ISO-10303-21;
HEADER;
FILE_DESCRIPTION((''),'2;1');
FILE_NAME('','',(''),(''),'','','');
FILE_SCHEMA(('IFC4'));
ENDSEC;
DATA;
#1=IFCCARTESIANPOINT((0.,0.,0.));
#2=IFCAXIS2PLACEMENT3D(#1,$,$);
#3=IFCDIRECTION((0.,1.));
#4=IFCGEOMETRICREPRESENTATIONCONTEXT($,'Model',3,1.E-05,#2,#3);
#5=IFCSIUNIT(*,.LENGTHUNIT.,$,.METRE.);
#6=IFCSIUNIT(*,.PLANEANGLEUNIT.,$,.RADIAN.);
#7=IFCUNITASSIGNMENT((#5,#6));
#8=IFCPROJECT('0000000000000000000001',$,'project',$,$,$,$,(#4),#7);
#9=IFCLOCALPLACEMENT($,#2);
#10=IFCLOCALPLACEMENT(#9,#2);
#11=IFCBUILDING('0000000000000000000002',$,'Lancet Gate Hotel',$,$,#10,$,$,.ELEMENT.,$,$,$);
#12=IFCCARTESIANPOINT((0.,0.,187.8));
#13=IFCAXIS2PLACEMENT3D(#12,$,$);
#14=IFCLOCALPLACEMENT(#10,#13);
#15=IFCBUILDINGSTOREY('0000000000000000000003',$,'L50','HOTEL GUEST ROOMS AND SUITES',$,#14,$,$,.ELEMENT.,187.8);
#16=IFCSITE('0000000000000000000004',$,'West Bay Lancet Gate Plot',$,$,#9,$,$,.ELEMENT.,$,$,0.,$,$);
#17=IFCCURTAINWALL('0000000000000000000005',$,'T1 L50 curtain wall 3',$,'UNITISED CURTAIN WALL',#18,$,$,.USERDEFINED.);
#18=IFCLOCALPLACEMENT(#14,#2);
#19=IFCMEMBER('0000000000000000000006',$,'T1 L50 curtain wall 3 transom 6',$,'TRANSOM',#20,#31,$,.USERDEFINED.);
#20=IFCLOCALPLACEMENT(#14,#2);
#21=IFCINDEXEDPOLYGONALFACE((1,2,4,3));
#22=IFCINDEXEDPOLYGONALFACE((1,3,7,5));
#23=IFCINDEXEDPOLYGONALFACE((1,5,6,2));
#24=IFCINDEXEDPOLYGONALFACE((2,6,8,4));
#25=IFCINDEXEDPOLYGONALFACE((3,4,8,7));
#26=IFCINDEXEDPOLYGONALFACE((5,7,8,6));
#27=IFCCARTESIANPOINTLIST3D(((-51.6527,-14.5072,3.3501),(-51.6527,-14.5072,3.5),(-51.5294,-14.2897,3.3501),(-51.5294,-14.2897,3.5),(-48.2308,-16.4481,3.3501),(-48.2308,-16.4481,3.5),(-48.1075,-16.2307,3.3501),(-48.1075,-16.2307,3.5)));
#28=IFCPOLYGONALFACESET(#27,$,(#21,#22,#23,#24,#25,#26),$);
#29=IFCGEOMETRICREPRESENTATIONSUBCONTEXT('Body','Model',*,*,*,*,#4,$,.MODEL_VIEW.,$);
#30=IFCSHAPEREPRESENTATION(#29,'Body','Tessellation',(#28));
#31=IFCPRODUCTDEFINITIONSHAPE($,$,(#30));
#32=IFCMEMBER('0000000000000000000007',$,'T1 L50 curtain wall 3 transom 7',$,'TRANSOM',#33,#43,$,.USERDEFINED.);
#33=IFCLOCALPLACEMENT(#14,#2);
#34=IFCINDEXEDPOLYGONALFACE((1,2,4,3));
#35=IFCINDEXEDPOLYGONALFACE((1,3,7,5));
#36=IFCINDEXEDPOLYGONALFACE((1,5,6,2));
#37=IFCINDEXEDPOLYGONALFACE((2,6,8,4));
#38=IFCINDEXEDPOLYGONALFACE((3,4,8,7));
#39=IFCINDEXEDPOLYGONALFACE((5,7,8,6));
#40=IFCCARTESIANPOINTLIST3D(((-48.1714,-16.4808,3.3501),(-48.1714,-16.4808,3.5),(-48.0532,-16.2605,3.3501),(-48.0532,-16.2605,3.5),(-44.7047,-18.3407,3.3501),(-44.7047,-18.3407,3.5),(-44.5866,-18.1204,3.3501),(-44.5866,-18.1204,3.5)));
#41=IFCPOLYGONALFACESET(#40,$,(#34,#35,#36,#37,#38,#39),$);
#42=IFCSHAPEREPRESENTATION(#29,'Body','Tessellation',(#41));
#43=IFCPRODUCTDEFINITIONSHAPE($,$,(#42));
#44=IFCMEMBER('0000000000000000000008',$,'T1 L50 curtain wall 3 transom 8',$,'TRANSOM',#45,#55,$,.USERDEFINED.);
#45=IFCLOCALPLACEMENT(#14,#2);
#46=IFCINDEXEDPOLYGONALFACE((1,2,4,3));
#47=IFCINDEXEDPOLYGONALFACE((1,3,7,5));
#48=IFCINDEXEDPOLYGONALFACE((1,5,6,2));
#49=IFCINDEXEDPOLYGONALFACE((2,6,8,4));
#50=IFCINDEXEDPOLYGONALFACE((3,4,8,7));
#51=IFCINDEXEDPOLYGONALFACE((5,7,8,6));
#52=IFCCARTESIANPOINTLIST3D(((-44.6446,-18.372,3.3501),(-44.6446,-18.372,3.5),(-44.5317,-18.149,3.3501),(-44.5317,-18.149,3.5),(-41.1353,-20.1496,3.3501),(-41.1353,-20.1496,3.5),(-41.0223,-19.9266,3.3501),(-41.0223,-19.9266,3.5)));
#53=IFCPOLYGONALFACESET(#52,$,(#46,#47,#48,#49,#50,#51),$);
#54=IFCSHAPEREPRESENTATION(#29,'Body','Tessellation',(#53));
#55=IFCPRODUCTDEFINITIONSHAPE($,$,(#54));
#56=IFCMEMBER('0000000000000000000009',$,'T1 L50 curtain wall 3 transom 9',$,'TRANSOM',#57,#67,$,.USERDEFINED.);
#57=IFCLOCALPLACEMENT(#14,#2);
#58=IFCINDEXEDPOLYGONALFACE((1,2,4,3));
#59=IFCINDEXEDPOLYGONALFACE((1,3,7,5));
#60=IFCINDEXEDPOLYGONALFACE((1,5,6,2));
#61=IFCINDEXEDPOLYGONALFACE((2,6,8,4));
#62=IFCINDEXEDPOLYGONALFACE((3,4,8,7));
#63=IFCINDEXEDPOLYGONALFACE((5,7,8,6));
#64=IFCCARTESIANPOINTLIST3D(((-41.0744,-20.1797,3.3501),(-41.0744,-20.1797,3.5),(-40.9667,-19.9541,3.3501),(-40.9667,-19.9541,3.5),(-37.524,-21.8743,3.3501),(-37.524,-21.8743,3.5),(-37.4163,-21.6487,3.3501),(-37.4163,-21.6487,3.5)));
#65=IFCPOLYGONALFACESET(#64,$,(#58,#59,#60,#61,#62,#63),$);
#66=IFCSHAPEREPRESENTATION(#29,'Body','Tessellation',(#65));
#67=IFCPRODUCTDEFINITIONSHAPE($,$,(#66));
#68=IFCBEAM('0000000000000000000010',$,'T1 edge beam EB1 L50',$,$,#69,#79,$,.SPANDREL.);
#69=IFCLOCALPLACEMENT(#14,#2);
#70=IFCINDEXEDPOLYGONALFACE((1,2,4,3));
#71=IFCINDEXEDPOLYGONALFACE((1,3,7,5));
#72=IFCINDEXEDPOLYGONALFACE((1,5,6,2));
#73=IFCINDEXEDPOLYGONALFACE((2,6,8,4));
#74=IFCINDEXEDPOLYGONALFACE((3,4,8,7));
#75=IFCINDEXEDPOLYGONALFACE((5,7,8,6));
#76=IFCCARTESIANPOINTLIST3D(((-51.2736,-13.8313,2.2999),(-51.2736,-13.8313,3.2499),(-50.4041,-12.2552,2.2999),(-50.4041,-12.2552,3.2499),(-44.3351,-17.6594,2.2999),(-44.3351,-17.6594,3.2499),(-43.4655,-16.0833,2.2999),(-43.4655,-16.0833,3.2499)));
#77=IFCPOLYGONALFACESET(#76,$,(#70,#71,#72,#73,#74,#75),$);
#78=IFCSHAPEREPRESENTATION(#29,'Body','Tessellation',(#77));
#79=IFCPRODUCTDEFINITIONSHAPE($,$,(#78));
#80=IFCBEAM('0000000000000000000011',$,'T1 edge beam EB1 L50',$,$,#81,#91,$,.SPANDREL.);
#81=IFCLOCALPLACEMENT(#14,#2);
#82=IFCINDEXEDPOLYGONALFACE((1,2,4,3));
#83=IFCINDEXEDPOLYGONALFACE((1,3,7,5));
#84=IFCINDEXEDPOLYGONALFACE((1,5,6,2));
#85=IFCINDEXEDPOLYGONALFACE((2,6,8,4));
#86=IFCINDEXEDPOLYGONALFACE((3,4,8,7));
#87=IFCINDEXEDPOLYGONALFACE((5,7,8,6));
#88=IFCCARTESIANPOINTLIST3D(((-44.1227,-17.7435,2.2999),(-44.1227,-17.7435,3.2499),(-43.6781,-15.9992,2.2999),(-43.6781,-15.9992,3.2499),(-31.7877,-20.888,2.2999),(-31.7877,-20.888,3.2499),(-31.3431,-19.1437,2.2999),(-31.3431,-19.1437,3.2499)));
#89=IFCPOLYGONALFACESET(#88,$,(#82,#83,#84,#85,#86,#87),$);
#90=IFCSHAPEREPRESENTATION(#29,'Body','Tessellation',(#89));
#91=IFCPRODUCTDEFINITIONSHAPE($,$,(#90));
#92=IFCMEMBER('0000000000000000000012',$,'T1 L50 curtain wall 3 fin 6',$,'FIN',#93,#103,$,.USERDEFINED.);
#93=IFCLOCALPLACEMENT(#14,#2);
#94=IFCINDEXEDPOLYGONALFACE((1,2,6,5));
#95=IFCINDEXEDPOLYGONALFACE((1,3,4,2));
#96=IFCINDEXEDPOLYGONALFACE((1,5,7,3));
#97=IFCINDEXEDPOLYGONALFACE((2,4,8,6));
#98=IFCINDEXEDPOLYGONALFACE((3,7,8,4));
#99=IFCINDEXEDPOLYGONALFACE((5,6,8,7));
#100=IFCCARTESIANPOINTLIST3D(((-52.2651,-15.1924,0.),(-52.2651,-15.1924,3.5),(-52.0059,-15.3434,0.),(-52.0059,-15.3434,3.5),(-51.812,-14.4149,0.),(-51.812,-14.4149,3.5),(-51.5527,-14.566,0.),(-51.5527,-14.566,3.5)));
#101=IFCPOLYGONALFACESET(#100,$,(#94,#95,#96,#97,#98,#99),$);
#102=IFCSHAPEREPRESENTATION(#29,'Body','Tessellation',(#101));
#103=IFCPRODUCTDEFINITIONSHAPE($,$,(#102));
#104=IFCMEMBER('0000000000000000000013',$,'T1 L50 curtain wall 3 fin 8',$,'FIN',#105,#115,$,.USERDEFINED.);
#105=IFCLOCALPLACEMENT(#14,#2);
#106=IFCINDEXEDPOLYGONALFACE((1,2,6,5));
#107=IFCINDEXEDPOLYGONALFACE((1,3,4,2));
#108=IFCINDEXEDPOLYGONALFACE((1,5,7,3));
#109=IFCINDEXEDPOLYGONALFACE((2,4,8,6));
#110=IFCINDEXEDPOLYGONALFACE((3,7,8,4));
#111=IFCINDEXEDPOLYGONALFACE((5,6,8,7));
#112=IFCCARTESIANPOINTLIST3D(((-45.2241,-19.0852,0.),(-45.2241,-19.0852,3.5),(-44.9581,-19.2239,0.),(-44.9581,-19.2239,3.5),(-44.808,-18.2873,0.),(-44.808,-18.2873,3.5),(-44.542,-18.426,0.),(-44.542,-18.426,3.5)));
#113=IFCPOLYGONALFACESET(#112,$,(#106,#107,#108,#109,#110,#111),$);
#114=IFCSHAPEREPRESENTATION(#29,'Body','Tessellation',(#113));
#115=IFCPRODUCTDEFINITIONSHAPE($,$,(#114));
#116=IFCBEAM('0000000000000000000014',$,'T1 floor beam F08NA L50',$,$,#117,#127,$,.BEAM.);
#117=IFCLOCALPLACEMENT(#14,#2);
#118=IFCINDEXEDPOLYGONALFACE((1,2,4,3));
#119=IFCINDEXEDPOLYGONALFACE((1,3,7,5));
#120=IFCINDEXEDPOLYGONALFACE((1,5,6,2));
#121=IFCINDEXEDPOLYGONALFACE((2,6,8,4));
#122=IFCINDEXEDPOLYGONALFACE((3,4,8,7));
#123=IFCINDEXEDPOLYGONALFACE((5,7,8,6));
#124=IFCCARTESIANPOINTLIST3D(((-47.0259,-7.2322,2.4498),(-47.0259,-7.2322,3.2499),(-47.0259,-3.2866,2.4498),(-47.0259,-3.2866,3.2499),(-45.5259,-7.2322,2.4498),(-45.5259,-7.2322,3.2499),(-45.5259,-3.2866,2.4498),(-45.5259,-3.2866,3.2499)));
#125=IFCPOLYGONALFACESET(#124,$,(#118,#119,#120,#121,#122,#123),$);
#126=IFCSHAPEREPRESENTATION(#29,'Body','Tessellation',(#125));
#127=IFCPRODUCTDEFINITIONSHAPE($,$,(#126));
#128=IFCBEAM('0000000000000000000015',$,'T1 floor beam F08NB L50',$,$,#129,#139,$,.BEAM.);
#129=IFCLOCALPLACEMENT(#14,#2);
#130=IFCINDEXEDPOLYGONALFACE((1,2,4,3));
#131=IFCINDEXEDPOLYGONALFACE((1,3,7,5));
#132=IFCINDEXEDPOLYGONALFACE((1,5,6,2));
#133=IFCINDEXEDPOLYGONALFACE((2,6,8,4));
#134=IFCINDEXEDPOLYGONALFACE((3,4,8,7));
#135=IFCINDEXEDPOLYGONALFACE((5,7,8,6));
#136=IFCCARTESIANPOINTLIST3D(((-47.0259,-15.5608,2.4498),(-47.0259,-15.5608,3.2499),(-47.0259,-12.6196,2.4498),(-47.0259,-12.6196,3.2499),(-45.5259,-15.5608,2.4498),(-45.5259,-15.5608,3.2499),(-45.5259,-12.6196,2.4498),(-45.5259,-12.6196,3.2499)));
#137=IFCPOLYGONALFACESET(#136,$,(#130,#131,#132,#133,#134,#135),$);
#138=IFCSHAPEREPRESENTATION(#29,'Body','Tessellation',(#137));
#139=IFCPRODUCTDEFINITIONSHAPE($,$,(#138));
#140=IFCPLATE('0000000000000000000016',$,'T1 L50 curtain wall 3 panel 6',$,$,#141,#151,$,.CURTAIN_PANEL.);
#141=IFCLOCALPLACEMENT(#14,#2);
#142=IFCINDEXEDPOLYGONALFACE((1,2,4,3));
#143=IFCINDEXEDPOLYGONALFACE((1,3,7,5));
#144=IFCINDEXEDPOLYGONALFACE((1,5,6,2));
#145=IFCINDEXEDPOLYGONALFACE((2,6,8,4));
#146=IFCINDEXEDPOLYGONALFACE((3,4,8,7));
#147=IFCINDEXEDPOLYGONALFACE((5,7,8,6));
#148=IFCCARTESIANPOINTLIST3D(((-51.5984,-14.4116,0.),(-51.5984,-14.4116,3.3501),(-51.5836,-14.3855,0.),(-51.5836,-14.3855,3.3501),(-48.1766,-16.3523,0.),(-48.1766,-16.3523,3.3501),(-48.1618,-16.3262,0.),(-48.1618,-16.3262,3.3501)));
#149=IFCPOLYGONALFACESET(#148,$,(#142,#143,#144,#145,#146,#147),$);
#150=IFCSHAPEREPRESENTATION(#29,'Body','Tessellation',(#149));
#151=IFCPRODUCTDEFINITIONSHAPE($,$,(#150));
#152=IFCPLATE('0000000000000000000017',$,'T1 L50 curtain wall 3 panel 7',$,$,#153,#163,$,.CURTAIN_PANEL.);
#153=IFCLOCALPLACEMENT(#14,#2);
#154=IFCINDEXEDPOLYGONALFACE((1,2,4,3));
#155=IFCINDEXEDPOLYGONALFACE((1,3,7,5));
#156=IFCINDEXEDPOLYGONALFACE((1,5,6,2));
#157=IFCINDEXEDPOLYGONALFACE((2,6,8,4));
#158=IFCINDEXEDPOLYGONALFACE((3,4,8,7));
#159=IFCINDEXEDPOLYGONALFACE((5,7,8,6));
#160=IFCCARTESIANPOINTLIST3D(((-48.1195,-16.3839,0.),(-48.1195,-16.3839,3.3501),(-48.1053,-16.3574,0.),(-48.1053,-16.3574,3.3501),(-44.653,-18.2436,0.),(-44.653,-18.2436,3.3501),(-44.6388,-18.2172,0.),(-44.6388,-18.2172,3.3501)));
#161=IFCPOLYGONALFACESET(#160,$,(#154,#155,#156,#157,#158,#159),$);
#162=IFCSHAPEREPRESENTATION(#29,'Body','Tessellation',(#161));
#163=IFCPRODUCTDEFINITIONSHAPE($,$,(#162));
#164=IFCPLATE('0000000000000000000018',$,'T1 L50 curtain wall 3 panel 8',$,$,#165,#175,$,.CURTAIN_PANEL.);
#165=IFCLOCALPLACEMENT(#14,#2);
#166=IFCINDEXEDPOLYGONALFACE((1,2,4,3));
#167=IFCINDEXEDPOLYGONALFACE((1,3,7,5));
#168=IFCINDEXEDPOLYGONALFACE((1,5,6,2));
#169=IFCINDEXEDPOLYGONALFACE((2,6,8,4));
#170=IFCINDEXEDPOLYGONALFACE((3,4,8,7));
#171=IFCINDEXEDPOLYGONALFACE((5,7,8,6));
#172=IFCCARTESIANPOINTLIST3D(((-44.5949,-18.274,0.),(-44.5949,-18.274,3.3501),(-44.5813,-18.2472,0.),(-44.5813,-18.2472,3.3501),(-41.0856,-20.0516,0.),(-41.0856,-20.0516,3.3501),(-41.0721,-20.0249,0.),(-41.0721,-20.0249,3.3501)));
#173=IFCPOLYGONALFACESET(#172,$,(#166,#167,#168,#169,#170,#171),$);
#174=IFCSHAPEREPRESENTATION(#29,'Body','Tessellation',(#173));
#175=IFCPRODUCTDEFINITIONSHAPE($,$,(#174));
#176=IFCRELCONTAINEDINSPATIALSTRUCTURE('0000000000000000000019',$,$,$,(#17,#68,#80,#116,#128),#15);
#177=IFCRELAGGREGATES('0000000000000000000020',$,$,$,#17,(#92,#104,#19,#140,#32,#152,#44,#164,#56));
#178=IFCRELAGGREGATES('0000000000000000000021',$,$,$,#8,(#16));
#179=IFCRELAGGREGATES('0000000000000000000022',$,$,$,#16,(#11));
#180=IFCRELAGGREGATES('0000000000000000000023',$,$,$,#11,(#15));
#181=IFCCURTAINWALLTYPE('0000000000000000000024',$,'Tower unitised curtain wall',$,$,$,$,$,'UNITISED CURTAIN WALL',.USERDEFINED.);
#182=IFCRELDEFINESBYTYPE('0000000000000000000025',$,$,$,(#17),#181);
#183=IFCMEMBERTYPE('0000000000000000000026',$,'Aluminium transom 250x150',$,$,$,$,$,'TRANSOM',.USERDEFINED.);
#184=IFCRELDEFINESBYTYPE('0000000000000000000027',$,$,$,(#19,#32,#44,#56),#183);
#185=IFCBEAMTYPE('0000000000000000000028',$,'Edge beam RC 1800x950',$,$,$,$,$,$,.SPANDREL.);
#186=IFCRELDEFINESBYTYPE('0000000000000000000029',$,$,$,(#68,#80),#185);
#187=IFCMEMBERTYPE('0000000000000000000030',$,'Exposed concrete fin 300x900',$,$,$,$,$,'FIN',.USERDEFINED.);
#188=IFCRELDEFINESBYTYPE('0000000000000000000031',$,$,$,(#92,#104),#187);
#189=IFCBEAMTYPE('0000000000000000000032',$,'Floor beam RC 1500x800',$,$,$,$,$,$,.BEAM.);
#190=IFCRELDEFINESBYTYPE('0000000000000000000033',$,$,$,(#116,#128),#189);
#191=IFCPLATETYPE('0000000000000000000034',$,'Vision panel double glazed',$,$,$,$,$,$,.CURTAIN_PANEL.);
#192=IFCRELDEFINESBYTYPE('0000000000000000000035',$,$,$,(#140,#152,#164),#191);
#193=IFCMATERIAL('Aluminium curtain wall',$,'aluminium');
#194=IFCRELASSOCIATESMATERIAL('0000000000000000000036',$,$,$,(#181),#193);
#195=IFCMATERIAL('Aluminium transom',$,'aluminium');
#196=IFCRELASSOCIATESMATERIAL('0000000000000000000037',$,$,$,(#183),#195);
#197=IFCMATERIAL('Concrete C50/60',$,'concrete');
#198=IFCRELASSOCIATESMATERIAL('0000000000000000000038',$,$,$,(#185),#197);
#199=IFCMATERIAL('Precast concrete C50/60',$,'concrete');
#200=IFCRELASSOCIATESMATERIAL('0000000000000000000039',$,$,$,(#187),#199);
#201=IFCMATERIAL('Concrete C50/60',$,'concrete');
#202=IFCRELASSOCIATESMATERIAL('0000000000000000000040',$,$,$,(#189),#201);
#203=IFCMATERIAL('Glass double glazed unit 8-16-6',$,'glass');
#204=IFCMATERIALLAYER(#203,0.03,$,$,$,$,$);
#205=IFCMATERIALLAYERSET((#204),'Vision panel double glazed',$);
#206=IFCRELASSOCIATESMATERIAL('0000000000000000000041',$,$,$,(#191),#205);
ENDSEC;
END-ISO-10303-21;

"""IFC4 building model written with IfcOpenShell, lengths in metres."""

from ifc_helpers import new_model, si_unit, direction, frame, origin, origin_2d, place, context, subcontext, project, spatial, rectangle, extrude, material, layer, layer_set, material_profile, profile_set, type_object, element, aggregate, save


model = new_model("IFC4")

# Units and contexts
model_context = context("Model", 3, precision=1e-05, world=origin(), true_north=direction((0.0, 1.0)))
body_context = subcontext(model_context, "Body", "Model", "MODEL_VIEW")
ifc_project = project(units=[si_unit("LENGTHUNIT", "METRE"), si_unit("PLANEANGLEUNIT", "RADIAN")], contexts=[model_context])

# Site, building, storey
site_placement = place(None, origin())
site = spatial("IfcSite", under=ifc_project, at=site_placement, Name="West Bay Lancet Gate Plot", CompositionType="ELEMENT", RefElevation=0.0)
building_placement = place(site_placement, origin())
building = spatial("IfcBuilding", under=site, at=building_placement, Name="Lancet Gate Hotel", CompositionType="ELEMENT")
storey_placement = place(building_placement, frame((0.0, 0.0, 187.8)))
storey = spatial("IfcBuildingStorey", under=building, at=storey_placement, Name="L50", Description="HOTEL GUEST ROOMS AND SUITES", CompositionType="ELEMENT", Elevation=187.8)

# Curtain wall, members
ifc_material_1 = material(Name="Aluminium curtain wall", Category="aluminium")
curtain_wall_type = type_object("IfcCurtainWallType", Name="Tower unitised curtain wall", ElementType="UNITISED CURTAIN WALL", PredefinedType="USERDEFINED", material=ifc_material_1)
curtain_wall_placement = place(storey_placement, origin())
curtain_wall = element("IfcCurtainWall", 1, at=curtain_wall_placement, inside=storey, type_object=curtain_wall_type, Name="T1 L50 curtain wall 3", ObjectType="UNITISED CURTAIN WALL", PredefinedType="USERDEFINED")
ifc_material_2 = material(Name="Aluminium transom", Category="aluminium")
ifc_material_profile_1 = material_profile(ifc_material_2, rectangle(XDim=0.25, YDim=0.1499, at=origin_2d()), Name="TRANSOM 250x150")
ifc_profile_set_1 = profile_set([ifc_material_profile_1], Name="Aluminium transom")
member_type_1 = type_object("IfcMemberType", Name="Aluminium transom 250x150", ElementType="TRANSOM", PredefinedType="USERDEFINED", material=ifc_profile_set_1)
member_1_placement = place(storey_placement, frame((-51.5911, -14.3984, 3.425), z_axis=(0.86982, -0.49337, 0.0), x_axis=(0.49337, 0.86982, 0.0)))
member_1 = element("IfcMember", 2, at=member_1_placement, type_object=member_type_1, Name="T1 L50 curtain wall 3 transom 6", ObjectType="TRANSOM", PredefinedType="USERDEFINED", context=body_context, shape_type="SweptSolid", body=[
    extrude(rectangle(XDim=0.25, YDim=0.1499, at=origin_2d()), origin(), (0.0, 0.0, 1.0), 3.9341),
])
member_2_placement = place(storey_placement, frame((-48.1123, -16.3706, 3.425), z_axis=(0.881185, -0.472771, 0.0), x_axis=(0.472771, 0.881185, 0.0)))
member_2 = element("IfcMember", 3, at=member_2_placement, type_object=member_type_1, Name="T1 L50 curtain wall 3 transom 7", ObjectType="TRANSOM", PredefinedType="USERDEFINED", context=body_context, shape_type="SweptSolid", body=[
    extrude(rectangle(XDim=0.25, YDim=0.1499, at=origin_2d()), origin(), (0.0, 0.0, 1.0), 3.9341),
])
member_3_placement = place(storey_placement, frame((-44.5881, -18.2605, 3.425), z_axis=(0.892081, -0.451875, 0.0), x_axis=(0.451875, 0.892081, 0.0)))
member_3 = element("IfcMember", 4, at=member_3_placement, type_object=member_type_1, Name="T1 L50 curtain wall 3 transom 8", ObjectType="TRANSOM", PredefinedType="USERDEFINED", context=body_context, shape_type="SweptSolid", body=[
    extrude(rectangle(XDim=0.25, YDim=0.1499, at=origin_2d()), origin(), (0.0, 0.0, 1.0), 3.9338),
])
member_4_placement = place(storey_placement, frame((-41.0205, -20.0669, 3.425), z_axis=(0.902469, -0.430755, 0.0), x_axis=(0.430755, 0.902469, 0.0)))
member_4 = element("IfcMember", 5, at=member_4_placement, type_object=member_type_1, Name="T1 L50 curtain wall 3 transom 9", ObjectType="TRANSOM", PredefinedType="USERDEFINED", context=body_context, shape_type="SweptSolid", body=[
    extrude(rectangle(XDim=0.25, YDim=0.1499, at=origin_2d()), origin(), (0.0, 0.0, 1.0), 3.9341),
])

# Beams
ifc_material_3 = material(Name="Concrete C50/60", Category="concrete")
ifc_material_profile_2 = material_profile(ifc_material_3, rectangle(XDim=1.8, YDim=0.95, at=origin_2d()), Name="RC 1800x950")
ifc_profile_set_2 = profile_set([ifc_material_profile_2], Name="Concrete C50/60")
beam_type_1 = type_object("IfcBeamType", Name="Edge beam RC 1800x950", PredefinedType="SPANDREL", material=ifc_profile_set_2)
beam_1_placement = place(storey_placement, frame((-50.8389, -13.0432, 2.7749), z_axis=(0.875578, -0.483077, 0.0), x_axis=(0.483077, 0.875578, 0.0)))
element("IfcBeam", 6, at=beam_1_placement, inside=storey, type_object=beam_type_1, Name="T1 edge beam EB1 L50", PredefinedType="SPANDREL", context=body_context, shape_type="SweptSolid", body=[
    extrude(rectangle(XDim=1.8, YDim=0.95, at=origin_2d()), origin(), (0.0, 0.0, 1.0), 7.9246),
])
beam_2_placement = place(storey_placement, frame((-43.9004, -16.8713, 2.7749), z_axis=(0.969008, -0.247028, 0.0), x_axis=(0.247028, 0.969008, 0.0)))
element("IfcBeam", 7, at=beam_2_placement, inside=storey, type_object=beam_type_1, Name="T1 edge beam EB1 L50", PredefinedType="SPANDREL", context=body_context, shape_type="SweptSolid", body=[
    extrude(rectangle(XDim=1.8, YDim=0.95, at=origin_2d()), origin(), (0.0, 0.0, 1.0), 12.7295),
])

# Members
ifc_material_4 = material(Name="Precast concrete C50/60", Category="concrete")
ifc_material_profile_3 = material_profile(ifc_material_4, rectangle(XDim=0.3, YDim=0.8999, at=origin_2d()), Name="FIN 300x900")
ifc_profile_set_3 = profile_set([ifc_material_profile_3], Name="Precast concrete C50/60")
member_type_2 = type_object("IfcMemberType", Name="Exposed concrete fin 300x900", ElementType="FIN", PredefinedType="USERDEFINED", material=ifc_profile_set_3)
member_5_placement = place(storey_placement, frame((-51.9089, -14.8792, 0.0), z_axis=(0.0, 0.0, 1.0), x_axis=(0.863969, -0.503545, 0.0)))
member_5 = element("IfcMember", 8, at=member_5_placement, type_object=member_type_2, Name="T1 L50 curtain wall 3 fin 6", ObjectType="FIN", PredefinedType="USERDEFINED", context=body_context, shape_type="SweptSolid", body=[
    extrude(rectangle(XDim=0.3, YDim=0.8999, at=origin_2d()), origin(), (0.0, 0.0, 1.0), 3.5),
])
member_6_placement = place(storey_placement, frame((-44.8831, -18.7556, 0.0), z_axis=(0.0, 0.0, 1.0), x_axis=(0.886694, -0.462356, 0.0)))
member_6 = element("IfcMember", 9, at=member_6_placement, type_object=member_type_2, Name="T1 L50 curtain wall 3 fin 8", ObjectType="FIN", PredefinedType="USERDEFINED", context=body_context, shape_type="SweptSolid", body=[
    extrude(rectangle(XDim=0.3, YDim=0.8999, at=origin_2d()), origin(), (0.0, 0.0, 1.0), 3.5),
])

# Beams
ifc_material_5 = material(Name="Concrete C50/60", Category="concrete")
ifc_material_profile_4 = material_profile(ifc_material_5, rectangle(XDim=1.5, YDim=0.8, at=origin_2d()), Name="RC 1500x800")
ifc_profile_set_4 = profile_set([ifc_material_profile_4], Name="Concrete C50/60")
beam_type_2 = type_object("IfcBeamType", Name="Floor beam RC 1500x800", PredefinedType="BEAM", material=ifc_profile_set_4)
beam_3_placement = place(storey_placement, frame((-46.2759, -3.2866, 2.8499), z_axis=(0.0, -1.0, 0.0), x_axis=(1.0, 0.0, 0.0)))
element("IfcBeam", 10, at=beam_3_placement, inside=storey, type_object=beam_type_2, Name="T1 floor beam F08NA L50", PredefinedType="BEAM", context=body_context, shape_type="SweptSolid", body=[
    extrude(rectangle(XDim=1.5, YDim=0.8, at=origin_2d()), origin(), (0.0, 0.0, 1.0), 3.9456),
])
beam_4_placement = place(storey_placement, frame((-46.2759, -12.6196, 2.8499), z_axis=(0.0, -1.0, 0.0), x_axis=(1.0, 0.0, 0.0)))
element("IfcBeam", 11, at=beam_4_placement, inside=storey, type_object=beam_type_2, Name="T1 floor beam F08NB L50", PredefinedType="BEAM", context=body_context, shape_type="SweptSolid", body=[
    extrude(rectangle(XDim=1.5, YDim=0.8, at=origin_2d()), origin(), (0.0, 0.0, 1.0), 2.9412),
])

# Plates
ifc_material_6 = material(Name="Glass double glazed unit 8-16-6", Category="glass")
ifc_layer_1 = layer(ifc_material_6, 0.03)
ifc_layer_set_1 = layer_set([ifc_layer_1], Name="Vision panel double glazed")
plate_type = type_object("IfcPlateType", Name="Vision panel double glazed", PredefinedType="CURTAIN_PANEL", material=ifc_layer_set_1)
plate_1_placement = place(storey_placement, frame((-49.8801, -15.3689, 0.0), z_axis=(0.0, 0.0, 1.0), x_axis=(0.869831, -0.493349, 0.0)))
plate_1 = element("IfcPlate", 12, at=plate_1_placement, type_object=plate_type, Name="T1 L50 curtain wall 3 panel 6", PredefinedType="CURTAIN_PANEL", context=body_context, shape_type="SweptSolid", body=[
    extrude(rectangle(XDim=3.9338, YDim=0.03, at=origin_2d()), origin(), (0.0, 0.0, 1.0), 3.3501),
])
plate_2_placement = place(storey_placement, frame((-46.3792, -17.3005, 0.0), z_axis=(0.0, 0.0, 1.0), x_axis=(0.881195, -0.472753, 0.0)))
plate_2 = element("IfcPlate", 13, at=plate_2_placement, type_object=plate_type, Name="T1 L50 curtain wall 3 panel 7", PredefinedType="CURTAIN_PANEL", context=body_context, shape_type="SweptSolid", body=[
    extrude(rectangle(XDim=3.9338, YDim=0.03, at=origin_2d()), origin(), (0.0, 0.0, 1.0), 3.3501),
])
plate_3_placement = place(storey_placement, frame((-42.8335, -19.1494, 0.0), z_axis=(0.0, 0.0, 1.0), x_axis=(0.892071, -0.451895, 0.0)))
plate_3 = element("IfcPlate", 14, at=plate_3_placement, type_object=plate_type, Name="T1 L50 curtain wall 3 panel 8", PredefinedType="CURTAIN_PANEL", context=body_context, shape_type="SweptSolid", body=[
    extrude(rectangle(XDim=3.9338, YDim=0.03, at=origin_2d()), origin(), (0.0, 0.0, 1.0), 3.3501),
])
aggregate(curtain_wall, [member_5, member_6, member_1, plate_1, member_2, plate_2, member_3, plate_3, member_4])

save(model, "model.ifc")
